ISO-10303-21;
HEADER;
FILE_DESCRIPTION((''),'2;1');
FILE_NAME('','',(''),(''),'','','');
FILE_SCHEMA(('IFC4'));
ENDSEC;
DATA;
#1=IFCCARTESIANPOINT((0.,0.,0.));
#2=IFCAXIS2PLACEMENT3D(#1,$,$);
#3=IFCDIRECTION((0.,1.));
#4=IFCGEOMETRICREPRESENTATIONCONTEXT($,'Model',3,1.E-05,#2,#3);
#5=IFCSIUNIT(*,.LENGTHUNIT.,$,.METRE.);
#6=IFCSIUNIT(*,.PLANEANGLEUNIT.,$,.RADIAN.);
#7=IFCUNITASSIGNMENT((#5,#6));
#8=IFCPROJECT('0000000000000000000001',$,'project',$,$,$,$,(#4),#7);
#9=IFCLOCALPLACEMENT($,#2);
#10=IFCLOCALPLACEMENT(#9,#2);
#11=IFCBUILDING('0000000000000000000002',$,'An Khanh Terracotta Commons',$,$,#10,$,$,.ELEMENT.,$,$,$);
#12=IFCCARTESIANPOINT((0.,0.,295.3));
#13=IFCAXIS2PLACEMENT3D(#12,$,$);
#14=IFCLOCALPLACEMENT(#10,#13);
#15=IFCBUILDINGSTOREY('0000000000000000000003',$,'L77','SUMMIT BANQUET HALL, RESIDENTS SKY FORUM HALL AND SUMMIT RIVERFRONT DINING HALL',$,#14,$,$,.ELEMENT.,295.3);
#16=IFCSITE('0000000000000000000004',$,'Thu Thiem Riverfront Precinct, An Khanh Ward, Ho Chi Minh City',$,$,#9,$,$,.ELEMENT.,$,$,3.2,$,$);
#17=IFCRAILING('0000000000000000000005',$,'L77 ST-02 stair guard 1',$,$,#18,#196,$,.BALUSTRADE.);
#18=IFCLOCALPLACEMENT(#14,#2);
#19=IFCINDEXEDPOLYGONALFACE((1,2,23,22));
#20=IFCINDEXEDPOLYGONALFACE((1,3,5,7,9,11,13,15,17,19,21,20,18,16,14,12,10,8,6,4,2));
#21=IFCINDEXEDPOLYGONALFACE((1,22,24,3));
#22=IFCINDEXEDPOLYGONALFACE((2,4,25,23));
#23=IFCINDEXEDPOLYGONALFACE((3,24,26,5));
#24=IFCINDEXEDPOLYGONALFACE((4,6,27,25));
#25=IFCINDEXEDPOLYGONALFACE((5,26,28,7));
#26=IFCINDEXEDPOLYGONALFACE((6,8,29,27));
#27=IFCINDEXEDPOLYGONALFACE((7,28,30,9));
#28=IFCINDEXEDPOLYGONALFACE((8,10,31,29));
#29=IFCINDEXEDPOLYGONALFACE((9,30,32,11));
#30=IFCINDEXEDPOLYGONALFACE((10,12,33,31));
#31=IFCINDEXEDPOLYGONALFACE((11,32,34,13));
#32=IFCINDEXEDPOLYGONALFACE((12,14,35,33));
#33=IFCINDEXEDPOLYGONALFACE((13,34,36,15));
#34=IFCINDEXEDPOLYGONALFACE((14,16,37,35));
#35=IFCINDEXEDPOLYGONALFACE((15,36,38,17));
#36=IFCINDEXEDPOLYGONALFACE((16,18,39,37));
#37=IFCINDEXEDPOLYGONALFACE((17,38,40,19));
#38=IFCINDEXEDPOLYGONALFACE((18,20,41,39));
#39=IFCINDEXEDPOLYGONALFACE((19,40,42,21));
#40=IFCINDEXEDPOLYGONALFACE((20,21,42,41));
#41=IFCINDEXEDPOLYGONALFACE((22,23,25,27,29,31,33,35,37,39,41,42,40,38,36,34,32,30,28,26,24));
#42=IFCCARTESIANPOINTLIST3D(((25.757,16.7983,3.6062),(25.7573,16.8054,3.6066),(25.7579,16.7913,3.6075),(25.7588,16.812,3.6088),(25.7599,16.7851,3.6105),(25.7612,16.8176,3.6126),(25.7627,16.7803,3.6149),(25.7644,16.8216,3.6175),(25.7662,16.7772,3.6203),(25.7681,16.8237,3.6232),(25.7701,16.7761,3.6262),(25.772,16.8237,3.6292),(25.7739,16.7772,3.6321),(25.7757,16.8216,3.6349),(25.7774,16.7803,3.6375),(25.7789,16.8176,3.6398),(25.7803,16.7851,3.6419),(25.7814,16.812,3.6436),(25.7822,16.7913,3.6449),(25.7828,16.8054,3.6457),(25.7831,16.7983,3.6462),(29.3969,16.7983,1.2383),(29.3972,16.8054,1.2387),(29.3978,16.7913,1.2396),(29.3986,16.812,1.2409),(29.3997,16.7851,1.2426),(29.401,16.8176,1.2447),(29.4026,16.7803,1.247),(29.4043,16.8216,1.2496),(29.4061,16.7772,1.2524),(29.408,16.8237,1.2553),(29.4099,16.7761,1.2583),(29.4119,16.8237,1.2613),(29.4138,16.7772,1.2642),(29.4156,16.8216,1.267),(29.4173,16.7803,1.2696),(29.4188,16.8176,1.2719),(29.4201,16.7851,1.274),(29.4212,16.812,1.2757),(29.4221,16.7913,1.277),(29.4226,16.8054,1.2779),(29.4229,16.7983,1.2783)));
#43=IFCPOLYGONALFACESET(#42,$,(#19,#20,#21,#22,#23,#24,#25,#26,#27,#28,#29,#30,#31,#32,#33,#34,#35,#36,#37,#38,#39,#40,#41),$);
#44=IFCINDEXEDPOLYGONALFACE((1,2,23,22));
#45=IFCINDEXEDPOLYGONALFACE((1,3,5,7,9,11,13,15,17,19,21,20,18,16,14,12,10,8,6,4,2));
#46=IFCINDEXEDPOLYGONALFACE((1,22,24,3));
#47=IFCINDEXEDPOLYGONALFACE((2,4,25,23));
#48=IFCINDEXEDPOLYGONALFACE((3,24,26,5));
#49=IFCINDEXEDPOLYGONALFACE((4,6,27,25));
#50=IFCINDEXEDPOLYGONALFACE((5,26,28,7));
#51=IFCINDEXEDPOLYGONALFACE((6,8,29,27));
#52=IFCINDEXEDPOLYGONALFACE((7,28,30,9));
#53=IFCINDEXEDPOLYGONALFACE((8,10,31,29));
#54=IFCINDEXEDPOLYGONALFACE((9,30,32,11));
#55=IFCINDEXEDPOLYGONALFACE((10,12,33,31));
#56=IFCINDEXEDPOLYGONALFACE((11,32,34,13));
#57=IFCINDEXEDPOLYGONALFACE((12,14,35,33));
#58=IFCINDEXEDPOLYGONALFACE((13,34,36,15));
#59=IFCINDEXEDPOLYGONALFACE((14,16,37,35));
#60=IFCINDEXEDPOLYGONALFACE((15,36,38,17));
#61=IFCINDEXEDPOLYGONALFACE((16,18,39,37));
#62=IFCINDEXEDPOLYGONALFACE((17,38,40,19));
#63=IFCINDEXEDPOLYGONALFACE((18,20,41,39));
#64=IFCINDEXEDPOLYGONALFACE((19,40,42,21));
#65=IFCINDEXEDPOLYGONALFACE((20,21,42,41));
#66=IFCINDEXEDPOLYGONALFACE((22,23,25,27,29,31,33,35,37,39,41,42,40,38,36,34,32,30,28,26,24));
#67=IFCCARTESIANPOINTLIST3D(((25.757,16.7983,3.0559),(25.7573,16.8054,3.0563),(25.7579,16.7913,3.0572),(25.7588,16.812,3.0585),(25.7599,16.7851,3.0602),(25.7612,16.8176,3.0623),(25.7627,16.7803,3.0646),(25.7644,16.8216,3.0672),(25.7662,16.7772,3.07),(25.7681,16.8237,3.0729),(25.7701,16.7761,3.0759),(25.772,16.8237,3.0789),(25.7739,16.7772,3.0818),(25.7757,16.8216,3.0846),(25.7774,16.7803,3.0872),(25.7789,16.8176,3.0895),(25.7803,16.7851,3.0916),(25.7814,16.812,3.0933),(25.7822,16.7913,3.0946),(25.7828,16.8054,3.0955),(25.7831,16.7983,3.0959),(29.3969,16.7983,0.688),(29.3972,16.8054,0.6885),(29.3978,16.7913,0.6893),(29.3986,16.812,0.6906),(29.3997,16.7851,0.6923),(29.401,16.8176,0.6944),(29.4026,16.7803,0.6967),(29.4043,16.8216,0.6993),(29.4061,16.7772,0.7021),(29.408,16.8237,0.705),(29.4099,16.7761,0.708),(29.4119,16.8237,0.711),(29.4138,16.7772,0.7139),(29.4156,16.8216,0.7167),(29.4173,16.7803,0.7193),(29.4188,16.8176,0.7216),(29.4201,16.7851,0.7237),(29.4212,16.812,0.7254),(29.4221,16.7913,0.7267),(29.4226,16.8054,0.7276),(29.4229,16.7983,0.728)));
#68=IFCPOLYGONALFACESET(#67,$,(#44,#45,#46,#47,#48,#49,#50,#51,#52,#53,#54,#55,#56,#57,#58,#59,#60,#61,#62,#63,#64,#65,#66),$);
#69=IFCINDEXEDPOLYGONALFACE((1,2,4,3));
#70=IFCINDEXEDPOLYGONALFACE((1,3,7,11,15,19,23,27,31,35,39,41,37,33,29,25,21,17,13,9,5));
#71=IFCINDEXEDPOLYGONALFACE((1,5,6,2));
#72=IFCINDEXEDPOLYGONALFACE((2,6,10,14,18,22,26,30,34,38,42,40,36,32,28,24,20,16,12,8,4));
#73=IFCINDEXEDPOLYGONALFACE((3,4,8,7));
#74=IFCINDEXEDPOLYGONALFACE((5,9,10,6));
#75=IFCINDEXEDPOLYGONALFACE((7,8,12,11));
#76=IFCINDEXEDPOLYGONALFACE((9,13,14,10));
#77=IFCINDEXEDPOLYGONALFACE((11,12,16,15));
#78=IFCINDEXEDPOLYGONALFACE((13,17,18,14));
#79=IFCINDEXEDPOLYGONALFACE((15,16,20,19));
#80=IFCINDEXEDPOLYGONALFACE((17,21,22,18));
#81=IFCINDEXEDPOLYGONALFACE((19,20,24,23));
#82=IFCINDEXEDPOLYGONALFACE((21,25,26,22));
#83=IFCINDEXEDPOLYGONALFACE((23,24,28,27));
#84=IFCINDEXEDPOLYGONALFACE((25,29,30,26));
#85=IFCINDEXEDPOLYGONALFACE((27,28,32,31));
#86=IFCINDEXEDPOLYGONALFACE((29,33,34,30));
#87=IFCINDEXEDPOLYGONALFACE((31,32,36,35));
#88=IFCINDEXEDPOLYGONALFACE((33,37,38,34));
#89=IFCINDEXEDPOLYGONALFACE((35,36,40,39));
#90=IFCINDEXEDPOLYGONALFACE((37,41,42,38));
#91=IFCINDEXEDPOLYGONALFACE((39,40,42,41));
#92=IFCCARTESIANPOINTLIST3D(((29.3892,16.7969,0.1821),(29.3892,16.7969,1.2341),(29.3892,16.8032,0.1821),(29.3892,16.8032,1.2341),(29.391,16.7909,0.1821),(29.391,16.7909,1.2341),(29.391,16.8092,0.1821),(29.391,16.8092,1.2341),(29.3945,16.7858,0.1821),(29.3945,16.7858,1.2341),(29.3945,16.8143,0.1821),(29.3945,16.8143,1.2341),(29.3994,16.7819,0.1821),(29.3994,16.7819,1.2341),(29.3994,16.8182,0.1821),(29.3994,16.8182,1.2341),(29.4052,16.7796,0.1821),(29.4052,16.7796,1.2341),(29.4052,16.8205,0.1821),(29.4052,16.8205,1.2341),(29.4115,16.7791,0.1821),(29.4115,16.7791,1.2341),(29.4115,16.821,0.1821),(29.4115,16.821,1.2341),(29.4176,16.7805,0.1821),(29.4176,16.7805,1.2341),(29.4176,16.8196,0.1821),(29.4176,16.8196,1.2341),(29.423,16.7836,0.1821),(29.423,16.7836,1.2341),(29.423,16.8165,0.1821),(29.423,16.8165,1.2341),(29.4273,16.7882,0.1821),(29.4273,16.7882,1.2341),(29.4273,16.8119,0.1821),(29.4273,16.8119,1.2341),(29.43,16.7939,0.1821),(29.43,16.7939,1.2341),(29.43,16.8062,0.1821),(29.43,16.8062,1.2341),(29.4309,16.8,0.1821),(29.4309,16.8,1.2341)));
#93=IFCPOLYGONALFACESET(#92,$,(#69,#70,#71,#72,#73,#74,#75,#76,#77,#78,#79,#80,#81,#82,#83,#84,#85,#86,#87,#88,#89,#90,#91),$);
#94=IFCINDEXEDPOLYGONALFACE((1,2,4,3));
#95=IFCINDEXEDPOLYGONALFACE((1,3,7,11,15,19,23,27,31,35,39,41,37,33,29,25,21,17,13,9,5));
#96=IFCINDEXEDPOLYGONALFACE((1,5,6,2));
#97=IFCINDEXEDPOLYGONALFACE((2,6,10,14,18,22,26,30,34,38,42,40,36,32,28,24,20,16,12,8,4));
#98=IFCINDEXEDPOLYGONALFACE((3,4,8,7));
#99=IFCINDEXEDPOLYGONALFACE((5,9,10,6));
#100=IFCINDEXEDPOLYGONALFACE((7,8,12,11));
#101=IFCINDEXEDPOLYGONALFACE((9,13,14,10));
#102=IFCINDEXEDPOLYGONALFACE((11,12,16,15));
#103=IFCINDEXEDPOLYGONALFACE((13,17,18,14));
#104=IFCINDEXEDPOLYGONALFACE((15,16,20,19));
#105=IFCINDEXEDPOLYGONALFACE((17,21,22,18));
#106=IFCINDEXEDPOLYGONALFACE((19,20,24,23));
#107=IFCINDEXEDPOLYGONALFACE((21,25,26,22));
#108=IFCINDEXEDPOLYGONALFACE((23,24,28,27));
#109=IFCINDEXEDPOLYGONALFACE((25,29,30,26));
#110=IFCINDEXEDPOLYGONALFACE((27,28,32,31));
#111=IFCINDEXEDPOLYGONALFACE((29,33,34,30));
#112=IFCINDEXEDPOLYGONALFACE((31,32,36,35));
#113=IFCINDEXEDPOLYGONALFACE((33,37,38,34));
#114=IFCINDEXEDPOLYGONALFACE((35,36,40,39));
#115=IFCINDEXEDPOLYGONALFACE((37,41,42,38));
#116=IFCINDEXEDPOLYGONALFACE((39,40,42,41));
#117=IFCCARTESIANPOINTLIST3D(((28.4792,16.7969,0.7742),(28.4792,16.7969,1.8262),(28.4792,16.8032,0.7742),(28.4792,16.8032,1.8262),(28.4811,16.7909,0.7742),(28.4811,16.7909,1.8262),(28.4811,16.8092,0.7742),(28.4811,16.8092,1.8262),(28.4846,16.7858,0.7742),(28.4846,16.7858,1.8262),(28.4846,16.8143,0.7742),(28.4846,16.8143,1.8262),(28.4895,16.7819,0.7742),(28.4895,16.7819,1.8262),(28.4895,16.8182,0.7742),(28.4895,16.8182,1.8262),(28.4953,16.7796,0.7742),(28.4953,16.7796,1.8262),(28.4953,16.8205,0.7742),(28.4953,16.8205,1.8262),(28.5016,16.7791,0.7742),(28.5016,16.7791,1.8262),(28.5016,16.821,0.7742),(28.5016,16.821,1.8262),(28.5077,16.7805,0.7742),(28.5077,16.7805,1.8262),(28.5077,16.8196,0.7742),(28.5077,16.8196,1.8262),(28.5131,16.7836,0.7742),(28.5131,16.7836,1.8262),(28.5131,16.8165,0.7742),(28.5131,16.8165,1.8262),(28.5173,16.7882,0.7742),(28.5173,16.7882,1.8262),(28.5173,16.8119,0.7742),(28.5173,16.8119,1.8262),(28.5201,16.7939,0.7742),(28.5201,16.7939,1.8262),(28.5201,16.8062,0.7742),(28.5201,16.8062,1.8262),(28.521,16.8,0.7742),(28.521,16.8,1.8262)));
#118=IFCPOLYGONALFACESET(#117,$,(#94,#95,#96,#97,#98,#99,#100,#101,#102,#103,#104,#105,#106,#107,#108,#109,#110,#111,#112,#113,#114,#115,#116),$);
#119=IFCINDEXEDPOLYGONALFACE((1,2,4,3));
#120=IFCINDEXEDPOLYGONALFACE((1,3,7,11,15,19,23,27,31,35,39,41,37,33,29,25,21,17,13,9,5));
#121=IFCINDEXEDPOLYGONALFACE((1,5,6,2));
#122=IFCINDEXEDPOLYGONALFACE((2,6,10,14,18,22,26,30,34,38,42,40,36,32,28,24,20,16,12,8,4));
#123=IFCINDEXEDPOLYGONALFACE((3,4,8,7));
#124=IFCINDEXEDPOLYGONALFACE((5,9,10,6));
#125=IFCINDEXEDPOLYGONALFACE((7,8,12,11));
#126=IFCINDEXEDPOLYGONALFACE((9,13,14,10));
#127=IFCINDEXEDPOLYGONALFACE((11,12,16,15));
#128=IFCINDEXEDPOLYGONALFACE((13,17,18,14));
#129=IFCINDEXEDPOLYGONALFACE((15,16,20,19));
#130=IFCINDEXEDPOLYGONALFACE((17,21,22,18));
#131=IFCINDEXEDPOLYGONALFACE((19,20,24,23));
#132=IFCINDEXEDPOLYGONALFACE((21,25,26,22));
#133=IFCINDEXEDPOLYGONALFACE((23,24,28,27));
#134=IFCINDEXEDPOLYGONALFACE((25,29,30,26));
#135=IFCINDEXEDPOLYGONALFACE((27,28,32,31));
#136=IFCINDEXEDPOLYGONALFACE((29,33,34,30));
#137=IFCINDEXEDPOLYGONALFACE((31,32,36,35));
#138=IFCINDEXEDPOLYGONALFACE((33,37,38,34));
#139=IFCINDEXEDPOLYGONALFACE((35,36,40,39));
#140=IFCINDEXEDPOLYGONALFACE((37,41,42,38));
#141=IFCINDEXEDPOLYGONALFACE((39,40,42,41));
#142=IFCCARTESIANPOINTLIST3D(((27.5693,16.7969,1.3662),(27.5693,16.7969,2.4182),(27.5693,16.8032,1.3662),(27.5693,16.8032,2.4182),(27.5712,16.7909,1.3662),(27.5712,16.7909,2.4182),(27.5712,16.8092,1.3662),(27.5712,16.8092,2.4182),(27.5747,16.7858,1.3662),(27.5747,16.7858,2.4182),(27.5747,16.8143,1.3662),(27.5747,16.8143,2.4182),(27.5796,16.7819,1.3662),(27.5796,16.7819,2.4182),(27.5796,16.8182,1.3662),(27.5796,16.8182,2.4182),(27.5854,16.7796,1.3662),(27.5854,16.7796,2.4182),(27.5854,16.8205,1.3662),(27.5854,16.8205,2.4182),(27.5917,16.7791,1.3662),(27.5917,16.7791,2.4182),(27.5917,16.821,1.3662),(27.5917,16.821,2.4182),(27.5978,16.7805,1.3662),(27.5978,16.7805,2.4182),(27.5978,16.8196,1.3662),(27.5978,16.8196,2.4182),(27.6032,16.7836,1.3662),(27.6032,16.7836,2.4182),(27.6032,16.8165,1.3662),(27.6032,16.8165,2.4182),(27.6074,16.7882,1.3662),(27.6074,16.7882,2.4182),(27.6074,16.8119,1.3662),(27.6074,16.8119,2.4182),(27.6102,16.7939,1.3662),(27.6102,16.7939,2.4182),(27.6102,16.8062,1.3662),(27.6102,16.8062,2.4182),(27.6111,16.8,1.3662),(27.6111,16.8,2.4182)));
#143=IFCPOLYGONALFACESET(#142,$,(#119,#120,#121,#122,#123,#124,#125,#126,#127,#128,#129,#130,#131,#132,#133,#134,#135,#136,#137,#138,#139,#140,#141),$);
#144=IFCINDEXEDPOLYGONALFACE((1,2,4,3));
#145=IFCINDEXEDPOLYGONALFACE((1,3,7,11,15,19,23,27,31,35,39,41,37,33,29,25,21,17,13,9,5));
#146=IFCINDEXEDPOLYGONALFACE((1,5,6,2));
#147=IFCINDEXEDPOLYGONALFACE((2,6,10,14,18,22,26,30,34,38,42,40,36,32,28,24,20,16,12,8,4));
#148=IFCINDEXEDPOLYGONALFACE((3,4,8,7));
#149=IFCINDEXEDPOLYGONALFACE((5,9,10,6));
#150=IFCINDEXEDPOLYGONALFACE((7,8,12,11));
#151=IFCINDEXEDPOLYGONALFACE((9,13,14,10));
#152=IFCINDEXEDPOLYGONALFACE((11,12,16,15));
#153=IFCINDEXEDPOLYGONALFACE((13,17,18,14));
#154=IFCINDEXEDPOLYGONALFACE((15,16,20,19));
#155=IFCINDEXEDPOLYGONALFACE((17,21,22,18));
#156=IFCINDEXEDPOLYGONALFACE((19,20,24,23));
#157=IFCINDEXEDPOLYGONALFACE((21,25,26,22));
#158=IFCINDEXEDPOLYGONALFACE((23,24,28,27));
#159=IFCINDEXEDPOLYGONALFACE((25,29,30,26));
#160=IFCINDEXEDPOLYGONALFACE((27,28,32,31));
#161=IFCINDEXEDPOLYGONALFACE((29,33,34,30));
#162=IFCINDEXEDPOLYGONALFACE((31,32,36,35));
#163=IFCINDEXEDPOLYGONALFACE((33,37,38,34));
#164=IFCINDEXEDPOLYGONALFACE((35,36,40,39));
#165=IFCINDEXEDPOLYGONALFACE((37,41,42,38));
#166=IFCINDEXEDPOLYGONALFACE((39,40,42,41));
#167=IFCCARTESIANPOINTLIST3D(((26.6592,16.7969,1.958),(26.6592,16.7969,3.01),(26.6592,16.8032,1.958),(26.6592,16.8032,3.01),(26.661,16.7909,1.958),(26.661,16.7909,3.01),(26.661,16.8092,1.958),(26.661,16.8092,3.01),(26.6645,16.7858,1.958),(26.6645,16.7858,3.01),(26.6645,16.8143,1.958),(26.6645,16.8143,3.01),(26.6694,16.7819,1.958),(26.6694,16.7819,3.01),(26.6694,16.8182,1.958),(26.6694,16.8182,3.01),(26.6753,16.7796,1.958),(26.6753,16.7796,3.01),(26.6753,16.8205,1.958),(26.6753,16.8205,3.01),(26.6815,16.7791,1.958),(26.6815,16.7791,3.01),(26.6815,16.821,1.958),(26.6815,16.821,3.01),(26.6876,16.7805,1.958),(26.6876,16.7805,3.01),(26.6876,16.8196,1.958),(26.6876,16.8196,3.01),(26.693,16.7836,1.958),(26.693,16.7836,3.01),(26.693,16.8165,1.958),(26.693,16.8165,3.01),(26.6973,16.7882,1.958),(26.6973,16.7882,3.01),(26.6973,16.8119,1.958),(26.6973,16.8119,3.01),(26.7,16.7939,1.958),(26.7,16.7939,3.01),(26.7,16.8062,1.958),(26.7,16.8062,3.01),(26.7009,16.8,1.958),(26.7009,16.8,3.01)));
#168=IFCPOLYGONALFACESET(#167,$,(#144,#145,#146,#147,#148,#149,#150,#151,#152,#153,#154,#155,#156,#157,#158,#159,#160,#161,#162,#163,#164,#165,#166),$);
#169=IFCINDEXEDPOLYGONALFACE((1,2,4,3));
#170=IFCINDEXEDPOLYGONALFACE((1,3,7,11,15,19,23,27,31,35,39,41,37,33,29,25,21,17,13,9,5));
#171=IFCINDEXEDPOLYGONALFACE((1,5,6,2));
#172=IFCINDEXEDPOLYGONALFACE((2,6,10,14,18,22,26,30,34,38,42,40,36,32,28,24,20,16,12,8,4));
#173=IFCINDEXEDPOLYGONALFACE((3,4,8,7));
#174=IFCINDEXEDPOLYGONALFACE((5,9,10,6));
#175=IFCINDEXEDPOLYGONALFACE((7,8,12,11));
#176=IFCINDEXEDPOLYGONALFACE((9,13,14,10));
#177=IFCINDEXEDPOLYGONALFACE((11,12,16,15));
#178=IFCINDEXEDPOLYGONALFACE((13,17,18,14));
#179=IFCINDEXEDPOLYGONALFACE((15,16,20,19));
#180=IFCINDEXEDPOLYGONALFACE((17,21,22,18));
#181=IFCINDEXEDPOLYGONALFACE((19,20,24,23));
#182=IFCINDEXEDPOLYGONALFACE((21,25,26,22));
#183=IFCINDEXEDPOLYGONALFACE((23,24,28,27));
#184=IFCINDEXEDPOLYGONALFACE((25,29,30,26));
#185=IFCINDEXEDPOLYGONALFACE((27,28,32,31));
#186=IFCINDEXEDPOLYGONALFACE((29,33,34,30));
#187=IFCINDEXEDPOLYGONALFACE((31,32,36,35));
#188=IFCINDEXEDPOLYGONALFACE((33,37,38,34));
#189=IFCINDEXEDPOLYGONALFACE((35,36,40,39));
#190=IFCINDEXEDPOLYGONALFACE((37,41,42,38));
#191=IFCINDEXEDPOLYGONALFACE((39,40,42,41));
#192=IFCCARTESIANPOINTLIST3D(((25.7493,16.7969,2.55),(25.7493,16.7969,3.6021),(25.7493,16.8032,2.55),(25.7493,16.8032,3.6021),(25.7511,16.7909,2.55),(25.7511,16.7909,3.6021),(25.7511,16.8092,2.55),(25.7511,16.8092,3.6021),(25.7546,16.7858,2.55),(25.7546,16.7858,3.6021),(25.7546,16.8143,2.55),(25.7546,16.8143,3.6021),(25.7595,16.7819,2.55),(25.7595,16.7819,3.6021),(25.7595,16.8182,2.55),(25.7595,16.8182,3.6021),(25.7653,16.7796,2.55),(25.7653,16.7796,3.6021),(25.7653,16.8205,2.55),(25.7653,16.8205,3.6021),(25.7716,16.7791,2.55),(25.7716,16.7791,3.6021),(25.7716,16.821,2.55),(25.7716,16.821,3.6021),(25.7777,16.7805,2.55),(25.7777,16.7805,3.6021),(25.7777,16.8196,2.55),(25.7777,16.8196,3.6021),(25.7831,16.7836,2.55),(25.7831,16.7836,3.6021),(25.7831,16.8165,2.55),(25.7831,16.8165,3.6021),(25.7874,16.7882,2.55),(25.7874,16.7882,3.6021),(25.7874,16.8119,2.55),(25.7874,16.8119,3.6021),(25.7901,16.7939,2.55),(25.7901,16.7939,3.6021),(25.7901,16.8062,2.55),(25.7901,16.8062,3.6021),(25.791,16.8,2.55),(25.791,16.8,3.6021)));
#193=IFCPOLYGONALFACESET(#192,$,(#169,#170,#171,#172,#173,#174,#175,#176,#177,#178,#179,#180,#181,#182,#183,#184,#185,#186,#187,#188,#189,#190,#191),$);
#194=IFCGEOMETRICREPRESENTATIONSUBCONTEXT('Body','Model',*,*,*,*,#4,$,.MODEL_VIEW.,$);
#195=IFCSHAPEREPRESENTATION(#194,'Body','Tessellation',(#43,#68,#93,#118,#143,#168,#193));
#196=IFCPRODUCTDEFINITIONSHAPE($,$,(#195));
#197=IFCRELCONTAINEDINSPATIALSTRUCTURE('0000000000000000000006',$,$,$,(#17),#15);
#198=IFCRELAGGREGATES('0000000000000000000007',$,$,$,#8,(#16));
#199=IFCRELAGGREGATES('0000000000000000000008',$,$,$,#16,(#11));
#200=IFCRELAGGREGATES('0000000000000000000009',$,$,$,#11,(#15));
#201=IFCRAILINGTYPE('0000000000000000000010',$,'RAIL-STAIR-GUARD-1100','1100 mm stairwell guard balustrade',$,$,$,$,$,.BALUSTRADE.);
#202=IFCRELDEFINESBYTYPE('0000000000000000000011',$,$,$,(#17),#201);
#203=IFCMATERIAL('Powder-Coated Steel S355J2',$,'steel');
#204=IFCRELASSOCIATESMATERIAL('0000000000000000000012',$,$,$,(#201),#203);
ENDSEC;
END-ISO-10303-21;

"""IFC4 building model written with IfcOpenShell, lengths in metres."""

from ifc_helpers import new_model, si_unit, direction, frame, origin, origin_2d, place, context, subcontext, project, spatial, circle, extrude, material, type_object, element, save


model = new_model("IFC4")

# Units and contexts
model_context = context("Model", 3, precision=1e-05, world=origin(), true_north=direction((0.0, 1.0)))
body_context = subcontext(model_context, "Body", "Model", "MODEL_VIEW")
ifc_project = project(units=[si_unit("LENGTHUNIT", "METRE"), si_unit("PLANEANGLEUNIT", "RADIAN")], contexts=[model_context])

# Site, building, storey
site_placement = place(None, origin())
site = spatial("IfcSite", under=ifc_project, at=site_placement, Name="Thu Thiem Riverfront Precinct, An Khanh Ward, Ho Chi Minh City", CompositionType="ELEMENT", RefElevation=3.2)
building_placement = place(site_placement, origin())
building = spatial("IfcBuilding", under=site, at=building_placement, Name="An Khanh Terracotta Commons", CompositionType="ELEMENT")
storey_placement = place(building_placement, frame((0.0, 0.0, 295.3)))
storey = spatial("IfcBuildingStorey", under=building, at=storey_placement, Name="L77", Description="SUMMIT BANQUET HALL, RESIDENTS SKY FORUM HALL AND SUMMIT RIVERFRONT DINING HALL", CompositionType="ELEMENT", Elevation=295.3)

# Railing
ifc_material_1 = material(Name="Powder-Coated Steel S355J2", Category="steel")
railing_type_1 = type_object("IfcRailingType", Name="RAIL-STAIR-GUARD-1100", Description="1100 mm stairwell guard balustrade", PredefinedType="BALUSTRADE", material=ifc_material_1)
railing_1_placement = place(storey_placement, frame((29.4099, 16.8, 0.1821)))
element("IfcRailing", 1, at=railing_1_placement, inside=storey, type_object=railing_type_1, Name="L77 ST-02 stair guard 1", PredefinedType="BALUSTRADE", context=body_context, shape_type="SweptSolid", body=[
    extrude(circle(Radius=0.0239, at=origin_2d()), frame((0.0, 0.0, 1.0762), z_axis=(-0.838234, 0.0, 0.54531), x_axis=(0.0, -1.0, 0.0)), (0.0, 0.0, 1.0), 4.3423),
    extrude(circle(Radius=0.0239, at=origin_2d()), frame((0.0, 0.0, 0.5259), z_axis=(-0.838234, 0.0, 0.54531), x_axis=(0.0, -1.0, 0.0)), (0.0, 0.0, 1.0), 4.3423),
    extrude(circle(Radius=0.021, at=origin_2d()), origin(), (0.0, 0.0, 1.0), 1.052),
    extrude(circle(Radius=0.021, at=origin_2d()), frame((-0.9099, 0.0, 0.592)), (0.0, 0.0, 1.0), 1.052),
    extrude(circle(Radius=0.021, at=origin_2d()), frame((-1.8198, 0.0, 1.1841)), (0.0, 0.0, 1.0), 1.052),
    extrude(circle(Radius=0.021, at=origin_2d()), frame((-2.73, 0.0, 1.7759)), (0.0, 0.0, 1.0), 1.052),
    extrude(circle(Radius=0.021, at=origin_2d()), frame((-3.6399, 0.0, 2.3679)), (0.0, 0.0, 1.0), 1.052),
])

save(model, "model.ifc")
